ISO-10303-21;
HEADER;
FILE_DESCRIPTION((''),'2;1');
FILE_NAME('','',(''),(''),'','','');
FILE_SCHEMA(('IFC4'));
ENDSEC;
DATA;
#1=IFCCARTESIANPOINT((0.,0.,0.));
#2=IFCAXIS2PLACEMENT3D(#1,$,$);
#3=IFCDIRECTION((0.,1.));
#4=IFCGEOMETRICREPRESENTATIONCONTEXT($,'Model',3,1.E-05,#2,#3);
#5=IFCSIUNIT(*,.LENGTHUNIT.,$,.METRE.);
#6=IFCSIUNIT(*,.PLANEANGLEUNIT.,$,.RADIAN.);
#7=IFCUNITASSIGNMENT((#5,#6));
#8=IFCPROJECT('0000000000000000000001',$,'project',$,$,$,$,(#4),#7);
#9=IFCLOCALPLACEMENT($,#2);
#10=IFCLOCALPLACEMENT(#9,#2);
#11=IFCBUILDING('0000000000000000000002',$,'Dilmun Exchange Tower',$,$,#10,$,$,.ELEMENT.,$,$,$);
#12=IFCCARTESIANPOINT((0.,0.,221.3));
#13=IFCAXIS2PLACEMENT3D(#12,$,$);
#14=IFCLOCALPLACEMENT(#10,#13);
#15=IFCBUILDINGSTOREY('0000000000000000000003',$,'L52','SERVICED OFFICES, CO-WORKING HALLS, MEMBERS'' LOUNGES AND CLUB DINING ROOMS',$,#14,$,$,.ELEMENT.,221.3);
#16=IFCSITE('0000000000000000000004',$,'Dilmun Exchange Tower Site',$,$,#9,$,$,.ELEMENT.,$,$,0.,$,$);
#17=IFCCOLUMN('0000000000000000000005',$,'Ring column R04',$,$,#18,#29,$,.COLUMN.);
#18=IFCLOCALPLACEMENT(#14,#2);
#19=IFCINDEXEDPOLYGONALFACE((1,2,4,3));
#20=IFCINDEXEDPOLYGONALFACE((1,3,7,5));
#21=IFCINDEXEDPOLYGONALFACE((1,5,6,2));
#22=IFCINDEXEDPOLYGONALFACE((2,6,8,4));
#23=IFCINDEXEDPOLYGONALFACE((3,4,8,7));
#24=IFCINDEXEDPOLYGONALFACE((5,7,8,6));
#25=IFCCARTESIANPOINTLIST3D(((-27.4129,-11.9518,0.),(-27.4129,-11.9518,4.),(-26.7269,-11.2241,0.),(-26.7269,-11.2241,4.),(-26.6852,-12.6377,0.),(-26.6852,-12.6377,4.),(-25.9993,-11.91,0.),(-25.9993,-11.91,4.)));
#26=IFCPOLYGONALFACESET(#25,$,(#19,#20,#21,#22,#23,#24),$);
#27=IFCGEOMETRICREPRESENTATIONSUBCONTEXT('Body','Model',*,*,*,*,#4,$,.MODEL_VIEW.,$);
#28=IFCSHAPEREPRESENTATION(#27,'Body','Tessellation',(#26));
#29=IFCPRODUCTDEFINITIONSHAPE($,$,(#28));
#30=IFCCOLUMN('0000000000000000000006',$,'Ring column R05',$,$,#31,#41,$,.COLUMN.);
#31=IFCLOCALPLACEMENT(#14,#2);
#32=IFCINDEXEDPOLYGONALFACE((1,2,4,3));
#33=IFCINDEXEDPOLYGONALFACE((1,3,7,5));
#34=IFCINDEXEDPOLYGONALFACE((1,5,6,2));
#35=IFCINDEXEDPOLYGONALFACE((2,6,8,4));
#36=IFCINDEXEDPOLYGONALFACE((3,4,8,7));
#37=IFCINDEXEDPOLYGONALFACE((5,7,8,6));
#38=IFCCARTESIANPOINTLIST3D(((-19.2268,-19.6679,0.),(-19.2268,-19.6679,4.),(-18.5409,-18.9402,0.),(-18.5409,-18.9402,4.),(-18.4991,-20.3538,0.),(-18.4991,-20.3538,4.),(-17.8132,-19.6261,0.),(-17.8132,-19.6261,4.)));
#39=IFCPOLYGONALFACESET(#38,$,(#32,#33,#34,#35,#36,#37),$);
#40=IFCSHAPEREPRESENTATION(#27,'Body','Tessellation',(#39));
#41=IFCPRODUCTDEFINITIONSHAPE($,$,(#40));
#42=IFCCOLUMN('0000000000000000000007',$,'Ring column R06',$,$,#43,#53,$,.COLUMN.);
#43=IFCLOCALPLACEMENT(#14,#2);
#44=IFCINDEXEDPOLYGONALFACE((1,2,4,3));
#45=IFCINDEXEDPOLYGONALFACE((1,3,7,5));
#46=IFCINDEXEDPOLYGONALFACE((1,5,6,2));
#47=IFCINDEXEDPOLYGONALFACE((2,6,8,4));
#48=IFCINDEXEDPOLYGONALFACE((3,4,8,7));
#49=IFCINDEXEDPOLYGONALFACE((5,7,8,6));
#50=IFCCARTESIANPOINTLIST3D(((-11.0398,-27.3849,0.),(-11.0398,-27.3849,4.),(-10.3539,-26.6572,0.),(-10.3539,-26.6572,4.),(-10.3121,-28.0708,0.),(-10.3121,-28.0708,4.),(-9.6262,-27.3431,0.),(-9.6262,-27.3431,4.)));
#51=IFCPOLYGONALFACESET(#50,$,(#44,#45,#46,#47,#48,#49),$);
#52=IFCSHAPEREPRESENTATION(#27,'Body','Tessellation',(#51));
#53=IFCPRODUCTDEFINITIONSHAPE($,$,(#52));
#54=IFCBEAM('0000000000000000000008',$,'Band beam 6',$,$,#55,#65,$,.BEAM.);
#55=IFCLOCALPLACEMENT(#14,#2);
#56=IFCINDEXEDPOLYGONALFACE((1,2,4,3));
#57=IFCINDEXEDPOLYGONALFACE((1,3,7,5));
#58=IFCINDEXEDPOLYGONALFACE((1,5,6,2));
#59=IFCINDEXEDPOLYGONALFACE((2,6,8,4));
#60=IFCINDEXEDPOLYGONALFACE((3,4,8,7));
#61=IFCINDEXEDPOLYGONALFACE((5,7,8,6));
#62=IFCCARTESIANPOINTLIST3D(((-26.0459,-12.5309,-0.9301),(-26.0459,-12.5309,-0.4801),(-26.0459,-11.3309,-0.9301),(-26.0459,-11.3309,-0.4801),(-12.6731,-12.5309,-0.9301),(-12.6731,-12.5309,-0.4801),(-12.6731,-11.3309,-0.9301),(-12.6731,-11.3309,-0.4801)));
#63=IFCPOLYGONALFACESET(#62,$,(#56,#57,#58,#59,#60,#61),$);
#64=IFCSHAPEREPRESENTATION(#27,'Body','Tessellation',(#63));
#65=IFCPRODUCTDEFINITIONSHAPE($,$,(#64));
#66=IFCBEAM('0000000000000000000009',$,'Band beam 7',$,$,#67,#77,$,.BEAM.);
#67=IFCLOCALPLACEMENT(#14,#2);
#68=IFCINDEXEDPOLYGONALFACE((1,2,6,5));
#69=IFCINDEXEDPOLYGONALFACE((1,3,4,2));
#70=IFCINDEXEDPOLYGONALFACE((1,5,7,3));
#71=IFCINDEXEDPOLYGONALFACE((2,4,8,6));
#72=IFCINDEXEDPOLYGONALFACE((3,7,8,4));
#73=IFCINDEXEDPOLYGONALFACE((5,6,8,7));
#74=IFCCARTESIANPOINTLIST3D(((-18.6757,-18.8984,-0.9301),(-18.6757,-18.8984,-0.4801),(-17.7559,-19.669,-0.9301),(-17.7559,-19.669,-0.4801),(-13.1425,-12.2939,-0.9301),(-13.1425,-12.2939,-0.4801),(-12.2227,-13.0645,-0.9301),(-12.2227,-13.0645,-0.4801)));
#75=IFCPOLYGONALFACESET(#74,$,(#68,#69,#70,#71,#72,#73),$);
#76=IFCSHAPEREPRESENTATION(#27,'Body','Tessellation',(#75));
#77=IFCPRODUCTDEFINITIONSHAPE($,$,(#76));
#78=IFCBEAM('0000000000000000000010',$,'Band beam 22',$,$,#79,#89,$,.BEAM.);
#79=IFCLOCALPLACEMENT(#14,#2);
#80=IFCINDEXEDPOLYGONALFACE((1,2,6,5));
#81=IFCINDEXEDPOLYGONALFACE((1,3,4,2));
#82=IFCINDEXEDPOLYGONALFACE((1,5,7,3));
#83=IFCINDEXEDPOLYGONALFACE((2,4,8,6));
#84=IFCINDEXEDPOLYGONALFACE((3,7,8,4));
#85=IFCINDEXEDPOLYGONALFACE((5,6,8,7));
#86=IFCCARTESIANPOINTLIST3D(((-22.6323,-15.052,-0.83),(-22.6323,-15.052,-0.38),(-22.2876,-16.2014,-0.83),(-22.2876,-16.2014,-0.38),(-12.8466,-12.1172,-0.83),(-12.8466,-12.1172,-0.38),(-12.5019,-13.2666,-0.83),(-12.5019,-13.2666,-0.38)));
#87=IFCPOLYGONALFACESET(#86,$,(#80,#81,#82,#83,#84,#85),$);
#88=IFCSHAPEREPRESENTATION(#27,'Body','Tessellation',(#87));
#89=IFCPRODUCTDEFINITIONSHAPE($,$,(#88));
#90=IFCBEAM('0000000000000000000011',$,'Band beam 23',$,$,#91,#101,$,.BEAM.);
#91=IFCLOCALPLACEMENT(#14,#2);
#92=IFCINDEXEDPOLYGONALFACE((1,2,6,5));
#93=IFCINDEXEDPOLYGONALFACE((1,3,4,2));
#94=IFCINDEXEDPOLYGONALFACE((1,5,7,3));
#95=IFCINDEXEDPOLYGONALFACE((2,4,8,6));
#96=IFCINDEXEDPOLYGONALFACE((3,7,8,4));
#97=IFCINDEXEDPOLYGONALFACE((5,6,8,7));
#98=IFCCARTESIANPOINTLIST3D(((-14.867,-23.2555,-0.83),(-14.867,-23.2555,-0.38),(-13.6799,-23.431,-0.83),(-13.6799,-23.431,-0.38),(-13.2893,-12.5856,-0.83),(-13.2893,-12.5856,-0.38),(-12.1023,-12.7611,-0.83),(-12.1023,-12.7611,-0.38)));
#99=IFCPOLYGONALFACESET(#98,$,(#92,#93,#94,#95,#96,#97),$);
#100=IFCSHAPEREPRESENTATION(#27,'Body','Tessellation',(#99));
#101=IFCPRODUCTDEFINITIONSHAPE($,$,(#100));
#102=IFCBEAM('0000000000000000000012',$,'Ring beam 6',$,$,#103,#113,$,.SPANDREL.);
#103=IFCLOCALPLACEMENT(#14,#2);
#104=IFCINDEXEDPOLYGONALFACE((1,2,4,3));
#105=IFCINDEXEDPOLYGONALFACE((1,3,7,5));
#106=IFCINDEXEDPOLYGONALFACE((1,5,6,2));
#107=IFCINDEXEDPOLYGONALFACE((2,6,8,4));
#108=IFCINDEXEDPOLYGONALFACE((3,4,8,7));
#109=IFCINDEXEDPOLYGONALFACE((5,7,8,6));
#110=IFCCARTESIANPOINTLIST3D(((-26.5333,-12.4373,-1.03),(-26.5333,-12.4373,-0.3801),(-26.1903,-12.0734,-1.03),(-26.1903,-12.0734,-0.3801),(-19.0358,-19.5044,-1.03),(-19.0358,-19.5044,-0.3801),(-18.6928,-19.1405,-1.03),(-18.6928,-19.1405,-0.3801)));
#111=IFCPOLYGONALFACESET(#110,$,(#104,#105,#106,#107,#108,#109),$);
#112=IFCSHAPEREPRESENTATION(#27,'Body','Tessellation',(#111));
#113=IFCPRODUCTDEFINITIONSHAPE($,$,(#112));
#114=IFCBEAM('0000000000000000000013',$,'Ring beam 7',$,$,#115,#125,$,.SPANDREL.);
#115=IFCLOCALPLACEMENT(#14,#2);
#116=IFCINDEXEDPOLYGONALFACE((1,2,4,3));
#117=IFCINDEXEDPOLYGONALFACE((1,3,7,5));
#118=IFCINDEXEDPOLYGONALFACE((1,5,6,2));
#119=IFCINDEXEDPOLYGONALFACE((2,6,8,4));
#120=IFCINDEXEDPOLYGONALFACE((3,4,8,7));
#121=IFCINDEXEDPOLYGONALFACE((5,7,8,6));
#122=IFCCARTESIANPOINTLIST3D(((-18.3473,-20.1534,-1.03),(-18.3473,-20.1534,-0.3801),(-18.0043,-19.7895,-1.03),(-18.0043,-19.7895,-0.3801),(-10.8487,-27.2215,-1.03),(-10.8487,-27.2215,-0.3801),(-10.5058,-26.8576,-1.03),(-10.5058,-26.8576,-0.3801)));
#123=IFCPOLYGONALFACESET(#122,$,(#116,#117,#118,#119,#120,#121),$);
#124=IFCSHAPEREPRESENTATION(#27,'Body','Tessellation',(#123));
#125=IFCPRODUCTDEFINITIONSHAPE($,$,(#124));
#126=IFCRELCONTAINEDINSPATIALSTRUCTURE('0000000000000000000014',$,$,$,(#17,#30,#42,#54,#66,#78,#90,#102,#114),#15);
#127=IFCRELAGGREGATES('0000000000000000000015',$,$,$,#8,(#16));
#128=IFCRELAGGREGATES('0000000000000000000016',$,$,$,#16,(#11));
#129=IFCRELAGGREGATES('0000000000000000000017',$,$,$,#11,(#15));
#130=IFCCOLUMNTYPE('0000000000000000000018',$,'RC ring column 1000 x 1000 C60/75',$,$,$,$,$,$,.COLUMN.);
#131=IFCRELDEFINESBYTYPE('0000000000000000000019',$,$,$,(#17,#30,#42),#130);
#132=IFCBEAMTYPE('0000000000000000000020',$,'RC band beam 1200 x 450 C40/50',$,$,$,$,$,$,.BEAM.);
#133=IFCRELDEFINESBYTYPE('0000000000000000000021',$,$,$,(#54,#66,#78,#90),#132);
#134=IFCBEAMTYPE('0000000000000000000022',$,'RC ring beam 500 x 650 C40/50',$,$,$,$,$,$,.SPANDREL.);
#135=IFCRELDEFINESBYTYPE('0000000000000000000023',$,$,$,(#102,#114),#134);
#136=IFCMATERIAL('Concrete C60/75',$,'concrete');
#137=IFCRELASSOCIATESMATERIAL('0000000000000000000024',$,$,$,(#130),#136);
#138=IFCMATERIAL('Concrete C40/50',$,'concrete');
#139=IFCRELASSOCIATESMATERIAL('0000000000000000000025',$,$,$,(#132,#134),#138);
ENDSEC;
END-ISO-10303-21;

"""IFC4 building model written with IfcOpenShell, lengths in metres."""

from ifc_helpers import new_model, si_unit, direction, frame, origin, origin_2d, place, context, subcontext, project, spatial, rectangle, extrude, material, material_profile, profile_set, type_object, element, save


model = new_model("IFC4")

# Units and contexts
model_context = context("Model", 3, precision=1e-05, world=origin(), true_north=direction((0.0, 1.0)))
body_context = subcontext(model_context, "Body", "Model", "MODEL_VIEW")
ifc_project = project(units=[si_unit("LENGTHUNIT", "METRE"), si_unit("PLANEANGLEUNIT", "RADIAN")], contexts=[model_context])

# Site, building, storey
site_placement = place(None, origin())
site = spatial("IfcSite", under=ifc_project, at=site_placement, Name="Dilmun Exchange Tower Site", CompositionType="ELEMENT", RefElevation=0.0)
building_placement = place(site_placement, origin())
building = spatial("IfcBuilding", under=site, at=building_placement, Name="Dilmun Exchange Tower", CompositionType="ELEMENT")
storey_placement = place(building_placement, frame((0.0, 0.0, 221.3)))
storey = spatial("IfcBuildingStorey", under=building, at=storey_placement, Name="L52", Description="SERVICED OFFICES, CO-WORKING HALLS, MEMBERS' LOUNGES AND CLUB DINING ROOMS", CompositionType="ELEMENT", Elevation=221.3)

# Columns
ifc_material_1 = material(Name="Concrete C60/75", Category="concrete")
ifc_material_profile_1 = material_profile(ifc_material_1, rectangle(XDim=1.0, YDim=1.0, at=origin_2d()), Name="1000 x 1000")
ifc_profile_set_1 = profile_set([ifc_material_profile_1], Name="Concrete C60/75")
column_type = type_object("IfcColumnType", Name="RC ring column 1000 x 1000 C60/75", PredefinedType="COLUMN", material=ifc_profile_set_1)
for number, where, z_axis, x_axis, name in (
    (1, (-26.7061, -11.9309, 0.0), (0.0, 0.0, 1.0), (0.685916, 0.727681, 0.0), "Ring column R04"),
    (2, (-18.52, -19.647, 0.0), (0.0, 0.0, 1.0), (0.685916, 0.727681, 0.0), "Ring column R05"),
    (3, (-10.333, -27.364, 0.0), (0.0, 0.0, 1.0), (0.685916, 0.727681, 0.0), "Ring column R06"),
):
    element("IfcColumn", number, at=place(storey_placement, frame(where, z_axis=z_axis, x_axis=x_axis)), inside=storey, type_object=column_type, Name=name, PredefinedType="COLUMN", context=body_context, shape_type="SweptSolid", body=[
        extrude(rectangle(XDim=1.0, YDim=1.0, at=origin_2d()), origin(), (0.0, 0.0, 1.0), 4.0),
    ])

# Beams
ifc_material_2 = material(Name="Concrete C40/50", Category="concrete")
ifc_material_profile_2 = material_profile(ifc_material_2, rectangle(XDim=1.2, YDim=0.45, at=origin_2d()), Name="1200 x 450")
ifc_profile_set_2 = profile_set([ifc_material_profile_2], Name="Concrete C40/50")
beam_type_1 = type_object("IfcBeamType", Name="RC band beam 1200 x 450 C40/50", PredefinedType="BEAM", material=ifc_profile_set_2)
beam_1_placement = place(storey_placement, frame((-26.0459, -11.9309, -0.7051), z_axis=(1.0, 0.0, 0.0), x_axis=(0.0, 1.0, 0.0)))
element("IfcBeam", 4, at=beam_1_placement, inside=storey, type_object=beam_type_1, Name="Band beam 6", PredefinedType="BEAM", context=body_context, shape_type="SweptSolid", body=[
    extrude(rectangle(XDim=1.2, YDim=0.45, at=origin_2d()), origin(), (0.0, 0.0, 1.0), 13.3728),
])
beam_2_placement = place(storey_placement, frame((-18.2158, -19.2837, -0.7051), z_axis=(0.6422, 0.766537, 0.0), x_axis=(-0.766537, 0.6422, 0.0)))
element("IfcBeam", 5, at=beam_2_placement, inside=storey, type_object=beam_type_1, Name="Band beam 7", PredefinedType="BEAM", context=body_context, shape_type="SweptSolid", body=[
    extrude(rectangle(XDim=1.2, YDim=0.45, at=origin_2d()), origin(), (0.0, 0.0, 1.0), 8.616),
])
beam_3_placement = place(storey_placement, frame((-22.46, -15.6267, -0.605), z_axis=(0.95785, 0.287269, 0.0), x_axis=(-0.287269, 0.95785, 0.0)))
element("IfcBeam", 6, at=beam_3_placement, inside=storey, type_object=beam_type_1, Name="Band beam 22", PredefinedType="BEAM", context=body_context, shape_type="SweptSolid", body=[
    extrude(rectangle(XDim=1.2, YDim=0.45, at=origin_2d()), origin(), (0.0, 0.0, 1.0), 10.2163),
])
beam_4_placement = place(storey_placement, frame((-14.2734, -23.3433, -0.605), z_axis=(0.146268, 0.989245, 0.0), x_axis=(-0.989245, 0.146268, 0.0)))
element("IfcBeam", 7, at=beam_4_placement, inside=storey, type_object=beam_type_1, Name="Band beam 23", PredefinedType="BEAM", context=body_context, shape_type="SweptSolid", body=[
    extrude(rectangle(XDim=1.2, YDim=0.45, at=origin_2d()), origin(), (0.0, 0.0, 1.0), 10.7859),
])
ifc_material_profile_3 = material_profile(ifc_material_2, rectangle(XDim=0.5, YDim=0.6499, at=origin_2d()), Name="500 x 650")
ifc_profile_set_3 = profile_set([ifc_material_profile_3], Name="Concrete C40/50")
beam_type_2 = type_object("IfcBeamType", Name="RC ring beam 500 x 650 C40/50", PredefinedType="SPANDREL", material=ifc_profile_set_3)
beam_5_placement = place(storey_placement, frame((-26.3618, -12.2554, -0.7051), z_axis=(0.727686, -0.685911, 0.0), x_axis=(0.685911, 0.727686, 0.0)))
element("IfcBeam", 8, at=beam_5_placement, inside=storey, type_object=beam_type_2, Name="Ring beam 6", PredefinedType="SPANDREL", context=body_context, shape_type="SweptSolid", body=[
    extrude(rectangle(XDim=0.5, YDim=0.6499, at=origin_2d()), origin(), (0.0, 0.0, 1.0), 10.3032),
])
beam_6_placement = place(storey_placement, frame((-18.1758, -19.9714, -0.7051), z_axis=(0.727683, -0.685914, 0.0), x_axis=(0.685914, 0.727683, 0.0)))
element("IfcBeam", 9, at=beam_6_placement, inside=storey, type_object=beam_type_2, Name="Ring beam 7", PredefinedType="SPANDREL", context=body_context, shape_type="SweptSolid", body=[
    extrude(rectangle(XDim=0.5, YDim=0.6499, at=origin_2d()), origin(), (0.0, 0.0, 1.0), 10.3047),
])

save(model, "model.ifc")
